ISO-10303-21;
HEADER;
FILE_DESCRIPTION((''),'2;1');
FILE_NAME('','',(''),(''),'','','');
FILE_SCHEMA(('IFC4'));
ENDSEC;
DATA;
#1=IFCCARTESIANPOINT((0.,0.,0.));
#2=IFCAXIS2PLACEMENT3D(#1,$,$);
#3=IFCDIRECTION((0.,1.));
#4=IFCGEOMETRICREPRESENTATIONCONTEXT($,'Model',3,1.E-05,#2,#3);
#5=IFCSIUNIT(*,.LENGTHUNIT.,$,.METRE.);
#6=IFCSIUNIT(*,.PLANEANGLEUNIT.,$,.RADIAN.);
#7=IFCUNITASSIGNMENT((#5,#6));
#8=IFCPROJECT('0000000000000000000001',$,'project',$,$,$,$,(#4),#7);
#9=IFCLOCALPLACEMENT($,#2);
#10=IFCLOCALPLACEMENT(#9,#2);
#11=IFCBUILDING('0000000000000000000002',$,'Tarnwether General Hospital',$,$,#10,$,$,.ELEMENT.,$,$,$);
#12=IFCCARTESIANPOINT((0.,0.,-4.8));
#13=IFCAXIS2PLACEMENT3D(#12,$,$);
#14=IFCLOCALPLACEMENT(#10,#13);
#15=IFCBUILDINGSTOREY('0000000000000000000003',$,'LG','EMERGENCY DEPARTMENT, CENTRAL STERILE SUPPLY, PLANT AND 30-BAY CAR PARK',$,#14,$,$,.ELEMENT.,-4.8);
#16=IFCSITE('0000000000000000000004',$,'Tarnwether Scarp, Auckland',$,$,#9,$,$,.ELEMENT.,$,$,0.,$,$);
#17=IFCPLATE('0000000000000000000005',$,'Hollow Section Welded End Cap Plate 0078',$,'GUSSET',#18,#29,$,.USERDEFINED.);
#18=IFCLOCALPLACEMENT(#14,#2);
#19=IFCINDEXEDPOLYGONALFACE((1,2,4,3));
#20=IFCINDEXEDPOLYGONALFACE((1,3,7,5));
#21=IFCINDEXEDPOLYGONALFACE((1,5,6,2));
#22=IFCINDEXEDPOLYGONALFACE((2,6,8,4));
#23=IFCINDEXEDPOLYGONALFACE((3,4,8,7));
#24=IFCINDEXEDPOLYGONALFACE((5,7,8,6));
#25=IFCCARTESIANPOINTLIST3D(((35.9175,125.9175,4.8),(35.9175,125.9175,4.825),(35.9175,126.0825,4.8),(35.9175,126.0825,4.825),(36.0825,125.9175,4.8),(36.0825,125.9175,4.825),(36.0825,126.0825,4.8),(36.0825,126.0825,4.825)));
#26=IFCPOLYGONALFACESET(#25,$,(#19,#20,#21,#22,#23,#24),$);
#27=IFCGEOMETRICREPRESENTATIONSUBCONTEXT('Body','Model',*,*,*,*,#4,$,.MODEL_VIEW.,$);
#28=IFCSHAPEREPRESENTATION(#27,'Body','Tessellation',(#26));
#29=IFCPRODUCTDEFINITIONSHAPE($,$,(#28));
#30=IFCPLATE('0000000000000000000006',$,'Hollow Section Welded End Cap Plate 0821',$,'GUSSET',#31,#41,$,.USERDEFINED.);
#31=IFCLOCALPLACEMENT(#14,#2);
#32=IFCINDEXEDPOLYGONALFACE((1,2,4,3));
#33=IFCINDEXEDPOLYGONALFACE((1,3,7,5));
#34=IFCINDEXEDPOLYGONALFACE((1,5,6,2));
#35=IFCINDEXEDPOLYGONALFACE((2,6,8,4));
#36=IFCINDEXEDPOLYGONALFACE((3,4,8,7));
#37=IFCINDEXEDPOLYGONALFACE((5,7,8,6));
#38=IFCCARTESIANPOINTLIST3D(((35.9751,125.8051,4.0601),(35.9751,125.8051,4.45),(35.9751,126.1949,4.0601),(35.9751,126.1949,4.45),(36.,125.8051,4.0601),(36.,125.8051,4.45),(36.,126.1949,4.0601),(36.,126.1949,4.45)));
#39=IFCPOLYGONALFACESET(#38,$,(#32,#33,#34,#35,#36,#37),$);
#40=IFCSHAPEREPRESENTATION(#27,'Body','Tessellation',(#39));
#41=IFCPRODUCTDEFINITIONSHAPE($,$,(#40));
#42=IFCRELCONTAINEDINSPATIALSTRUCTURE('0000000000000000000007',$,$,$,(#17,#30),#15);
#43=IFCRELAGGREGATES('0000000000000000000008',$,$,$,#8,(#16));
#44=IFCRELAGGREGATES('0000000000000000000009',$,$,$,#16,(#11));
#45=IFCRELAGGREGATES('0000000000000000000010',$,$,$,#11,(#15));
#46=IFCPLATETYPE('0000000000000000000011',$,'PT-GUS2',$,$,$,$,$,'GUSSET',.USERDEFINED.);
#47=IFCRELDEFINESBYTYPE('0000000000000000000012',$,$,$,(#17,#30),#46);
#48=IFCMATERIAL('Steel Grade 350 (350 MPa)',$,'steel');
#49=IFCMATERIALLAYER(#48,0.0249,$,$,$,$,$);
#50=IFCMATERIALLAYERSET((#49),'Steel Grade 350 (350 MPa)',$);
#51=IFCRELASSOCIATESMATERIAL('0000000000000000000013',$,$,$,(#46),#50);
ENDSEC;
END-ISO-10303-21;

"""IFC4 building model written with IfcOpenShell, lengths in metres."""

from ifc_helpers import new_model, si_unit, direction, frame, origin, origin_2d, place, context, subcontext, project, spatial, rectangle, extrude, material, layer, layer_set, type_object, element, save


model = new_model("IFC4")

# Units and contexts
model_context = context("Model", 3, precision=1e-05, world=origin(), true_north=direction((0.0, 1.0)))
body_context = subcontext(model_context, "Body", "Model", "MODEL_VIEW")
ifc_project = project(units=[si_unit("LENGTHUNIT", "METRE"), si_unit("PLANEANGLEUNIT", "RADIAN")], contexts=[model_context])

# Site, building, storey
site_placement = place(None, origin())
site = spatial("IfcSite", under=ifc_project, at=site_placement, Name="Tarnwether Scarp, Auckland", CompositionType="ELEMENT", RefElevation=0.0)
building_placement = place(site_placement, origin())
building = spatial("IfcBuilding", under=site, at=building_placement, Name="Tarnwether General Hospital", CompositionType="ELEMENT")
storey_placement = place(building_placement, frame((0.0, 0.0, -4.8)))
storey = spatial("IfcBuildingStorey", under=building, at=storey_placement, Name="LG", Description="EMERGENCY DEPARTMENT, CENTRAL STERILE SUPPLY, PLANT AND 30-BAY CAR PARK", CompositionType="ELEMENT", Elevation=-4.8)

# Plates
ifc_material_1 = material(Name="Steel Grade 350 (350 MPa)", Category="steel")
ifc_layer = layer(ifc_material_1, 0.0249)
ifc_layer_set = layer_set([ifc_layer], Name="Steel Grade 350 (350 MPa)")
plate_type = type_object("IfcPlateType", Name="PT-GUS2", ElementType="GUSSET", PredefinedType="USERDEFINED", material=ifc_layer_set)
for number, where, z_axis, x_axis, name in (
    (1, (36.0, 126.0, 4.8), (0.0, 0.0, 1.0), (1.0, 0.0, 0.0), "Hollow Section Welded End Cap Plate 0078"),
):
    element("IfcPlate", number, at=place(storey_placement, frame(where, z_axis=z_axis, x_axis=x_axis)), inside=storey, type_object=plate_type, Name=name, ObjectType="GUSSET", PredefinedType="USERDEFINED", context=body_context, shape_type="SweptSolid", body=[
        extrude(rectangle(XDim=0.165, YDim=0.165, at=origin_2d()), origin(), (0.0, 0.0, 1.0), 0.0249),
    ])
plate_placement = place(storey_placement, frame((35.9875, 126.0, 4.0601), z_axis=(0.0, 0.0, 1.0), x_axis=(1.0, 0.0, 0.0)))
element("IfcPlate", 2, at=plate_placement, inside=storey, type_object=plate_type, Name="Hollow Section Welded End Cap Plate 0821", ObjectType="GUSSET", PredefinedType="USERDEFINED", context=body_context, shape_type="SweptSolid", body=[
    extrude(rectangle(XDim=0.0249, YDim=0.3899, at=origin_2d()), origin(), (0.0, 0.0, 1.0), 0.3899),
])

save(model, "model.ifc")
